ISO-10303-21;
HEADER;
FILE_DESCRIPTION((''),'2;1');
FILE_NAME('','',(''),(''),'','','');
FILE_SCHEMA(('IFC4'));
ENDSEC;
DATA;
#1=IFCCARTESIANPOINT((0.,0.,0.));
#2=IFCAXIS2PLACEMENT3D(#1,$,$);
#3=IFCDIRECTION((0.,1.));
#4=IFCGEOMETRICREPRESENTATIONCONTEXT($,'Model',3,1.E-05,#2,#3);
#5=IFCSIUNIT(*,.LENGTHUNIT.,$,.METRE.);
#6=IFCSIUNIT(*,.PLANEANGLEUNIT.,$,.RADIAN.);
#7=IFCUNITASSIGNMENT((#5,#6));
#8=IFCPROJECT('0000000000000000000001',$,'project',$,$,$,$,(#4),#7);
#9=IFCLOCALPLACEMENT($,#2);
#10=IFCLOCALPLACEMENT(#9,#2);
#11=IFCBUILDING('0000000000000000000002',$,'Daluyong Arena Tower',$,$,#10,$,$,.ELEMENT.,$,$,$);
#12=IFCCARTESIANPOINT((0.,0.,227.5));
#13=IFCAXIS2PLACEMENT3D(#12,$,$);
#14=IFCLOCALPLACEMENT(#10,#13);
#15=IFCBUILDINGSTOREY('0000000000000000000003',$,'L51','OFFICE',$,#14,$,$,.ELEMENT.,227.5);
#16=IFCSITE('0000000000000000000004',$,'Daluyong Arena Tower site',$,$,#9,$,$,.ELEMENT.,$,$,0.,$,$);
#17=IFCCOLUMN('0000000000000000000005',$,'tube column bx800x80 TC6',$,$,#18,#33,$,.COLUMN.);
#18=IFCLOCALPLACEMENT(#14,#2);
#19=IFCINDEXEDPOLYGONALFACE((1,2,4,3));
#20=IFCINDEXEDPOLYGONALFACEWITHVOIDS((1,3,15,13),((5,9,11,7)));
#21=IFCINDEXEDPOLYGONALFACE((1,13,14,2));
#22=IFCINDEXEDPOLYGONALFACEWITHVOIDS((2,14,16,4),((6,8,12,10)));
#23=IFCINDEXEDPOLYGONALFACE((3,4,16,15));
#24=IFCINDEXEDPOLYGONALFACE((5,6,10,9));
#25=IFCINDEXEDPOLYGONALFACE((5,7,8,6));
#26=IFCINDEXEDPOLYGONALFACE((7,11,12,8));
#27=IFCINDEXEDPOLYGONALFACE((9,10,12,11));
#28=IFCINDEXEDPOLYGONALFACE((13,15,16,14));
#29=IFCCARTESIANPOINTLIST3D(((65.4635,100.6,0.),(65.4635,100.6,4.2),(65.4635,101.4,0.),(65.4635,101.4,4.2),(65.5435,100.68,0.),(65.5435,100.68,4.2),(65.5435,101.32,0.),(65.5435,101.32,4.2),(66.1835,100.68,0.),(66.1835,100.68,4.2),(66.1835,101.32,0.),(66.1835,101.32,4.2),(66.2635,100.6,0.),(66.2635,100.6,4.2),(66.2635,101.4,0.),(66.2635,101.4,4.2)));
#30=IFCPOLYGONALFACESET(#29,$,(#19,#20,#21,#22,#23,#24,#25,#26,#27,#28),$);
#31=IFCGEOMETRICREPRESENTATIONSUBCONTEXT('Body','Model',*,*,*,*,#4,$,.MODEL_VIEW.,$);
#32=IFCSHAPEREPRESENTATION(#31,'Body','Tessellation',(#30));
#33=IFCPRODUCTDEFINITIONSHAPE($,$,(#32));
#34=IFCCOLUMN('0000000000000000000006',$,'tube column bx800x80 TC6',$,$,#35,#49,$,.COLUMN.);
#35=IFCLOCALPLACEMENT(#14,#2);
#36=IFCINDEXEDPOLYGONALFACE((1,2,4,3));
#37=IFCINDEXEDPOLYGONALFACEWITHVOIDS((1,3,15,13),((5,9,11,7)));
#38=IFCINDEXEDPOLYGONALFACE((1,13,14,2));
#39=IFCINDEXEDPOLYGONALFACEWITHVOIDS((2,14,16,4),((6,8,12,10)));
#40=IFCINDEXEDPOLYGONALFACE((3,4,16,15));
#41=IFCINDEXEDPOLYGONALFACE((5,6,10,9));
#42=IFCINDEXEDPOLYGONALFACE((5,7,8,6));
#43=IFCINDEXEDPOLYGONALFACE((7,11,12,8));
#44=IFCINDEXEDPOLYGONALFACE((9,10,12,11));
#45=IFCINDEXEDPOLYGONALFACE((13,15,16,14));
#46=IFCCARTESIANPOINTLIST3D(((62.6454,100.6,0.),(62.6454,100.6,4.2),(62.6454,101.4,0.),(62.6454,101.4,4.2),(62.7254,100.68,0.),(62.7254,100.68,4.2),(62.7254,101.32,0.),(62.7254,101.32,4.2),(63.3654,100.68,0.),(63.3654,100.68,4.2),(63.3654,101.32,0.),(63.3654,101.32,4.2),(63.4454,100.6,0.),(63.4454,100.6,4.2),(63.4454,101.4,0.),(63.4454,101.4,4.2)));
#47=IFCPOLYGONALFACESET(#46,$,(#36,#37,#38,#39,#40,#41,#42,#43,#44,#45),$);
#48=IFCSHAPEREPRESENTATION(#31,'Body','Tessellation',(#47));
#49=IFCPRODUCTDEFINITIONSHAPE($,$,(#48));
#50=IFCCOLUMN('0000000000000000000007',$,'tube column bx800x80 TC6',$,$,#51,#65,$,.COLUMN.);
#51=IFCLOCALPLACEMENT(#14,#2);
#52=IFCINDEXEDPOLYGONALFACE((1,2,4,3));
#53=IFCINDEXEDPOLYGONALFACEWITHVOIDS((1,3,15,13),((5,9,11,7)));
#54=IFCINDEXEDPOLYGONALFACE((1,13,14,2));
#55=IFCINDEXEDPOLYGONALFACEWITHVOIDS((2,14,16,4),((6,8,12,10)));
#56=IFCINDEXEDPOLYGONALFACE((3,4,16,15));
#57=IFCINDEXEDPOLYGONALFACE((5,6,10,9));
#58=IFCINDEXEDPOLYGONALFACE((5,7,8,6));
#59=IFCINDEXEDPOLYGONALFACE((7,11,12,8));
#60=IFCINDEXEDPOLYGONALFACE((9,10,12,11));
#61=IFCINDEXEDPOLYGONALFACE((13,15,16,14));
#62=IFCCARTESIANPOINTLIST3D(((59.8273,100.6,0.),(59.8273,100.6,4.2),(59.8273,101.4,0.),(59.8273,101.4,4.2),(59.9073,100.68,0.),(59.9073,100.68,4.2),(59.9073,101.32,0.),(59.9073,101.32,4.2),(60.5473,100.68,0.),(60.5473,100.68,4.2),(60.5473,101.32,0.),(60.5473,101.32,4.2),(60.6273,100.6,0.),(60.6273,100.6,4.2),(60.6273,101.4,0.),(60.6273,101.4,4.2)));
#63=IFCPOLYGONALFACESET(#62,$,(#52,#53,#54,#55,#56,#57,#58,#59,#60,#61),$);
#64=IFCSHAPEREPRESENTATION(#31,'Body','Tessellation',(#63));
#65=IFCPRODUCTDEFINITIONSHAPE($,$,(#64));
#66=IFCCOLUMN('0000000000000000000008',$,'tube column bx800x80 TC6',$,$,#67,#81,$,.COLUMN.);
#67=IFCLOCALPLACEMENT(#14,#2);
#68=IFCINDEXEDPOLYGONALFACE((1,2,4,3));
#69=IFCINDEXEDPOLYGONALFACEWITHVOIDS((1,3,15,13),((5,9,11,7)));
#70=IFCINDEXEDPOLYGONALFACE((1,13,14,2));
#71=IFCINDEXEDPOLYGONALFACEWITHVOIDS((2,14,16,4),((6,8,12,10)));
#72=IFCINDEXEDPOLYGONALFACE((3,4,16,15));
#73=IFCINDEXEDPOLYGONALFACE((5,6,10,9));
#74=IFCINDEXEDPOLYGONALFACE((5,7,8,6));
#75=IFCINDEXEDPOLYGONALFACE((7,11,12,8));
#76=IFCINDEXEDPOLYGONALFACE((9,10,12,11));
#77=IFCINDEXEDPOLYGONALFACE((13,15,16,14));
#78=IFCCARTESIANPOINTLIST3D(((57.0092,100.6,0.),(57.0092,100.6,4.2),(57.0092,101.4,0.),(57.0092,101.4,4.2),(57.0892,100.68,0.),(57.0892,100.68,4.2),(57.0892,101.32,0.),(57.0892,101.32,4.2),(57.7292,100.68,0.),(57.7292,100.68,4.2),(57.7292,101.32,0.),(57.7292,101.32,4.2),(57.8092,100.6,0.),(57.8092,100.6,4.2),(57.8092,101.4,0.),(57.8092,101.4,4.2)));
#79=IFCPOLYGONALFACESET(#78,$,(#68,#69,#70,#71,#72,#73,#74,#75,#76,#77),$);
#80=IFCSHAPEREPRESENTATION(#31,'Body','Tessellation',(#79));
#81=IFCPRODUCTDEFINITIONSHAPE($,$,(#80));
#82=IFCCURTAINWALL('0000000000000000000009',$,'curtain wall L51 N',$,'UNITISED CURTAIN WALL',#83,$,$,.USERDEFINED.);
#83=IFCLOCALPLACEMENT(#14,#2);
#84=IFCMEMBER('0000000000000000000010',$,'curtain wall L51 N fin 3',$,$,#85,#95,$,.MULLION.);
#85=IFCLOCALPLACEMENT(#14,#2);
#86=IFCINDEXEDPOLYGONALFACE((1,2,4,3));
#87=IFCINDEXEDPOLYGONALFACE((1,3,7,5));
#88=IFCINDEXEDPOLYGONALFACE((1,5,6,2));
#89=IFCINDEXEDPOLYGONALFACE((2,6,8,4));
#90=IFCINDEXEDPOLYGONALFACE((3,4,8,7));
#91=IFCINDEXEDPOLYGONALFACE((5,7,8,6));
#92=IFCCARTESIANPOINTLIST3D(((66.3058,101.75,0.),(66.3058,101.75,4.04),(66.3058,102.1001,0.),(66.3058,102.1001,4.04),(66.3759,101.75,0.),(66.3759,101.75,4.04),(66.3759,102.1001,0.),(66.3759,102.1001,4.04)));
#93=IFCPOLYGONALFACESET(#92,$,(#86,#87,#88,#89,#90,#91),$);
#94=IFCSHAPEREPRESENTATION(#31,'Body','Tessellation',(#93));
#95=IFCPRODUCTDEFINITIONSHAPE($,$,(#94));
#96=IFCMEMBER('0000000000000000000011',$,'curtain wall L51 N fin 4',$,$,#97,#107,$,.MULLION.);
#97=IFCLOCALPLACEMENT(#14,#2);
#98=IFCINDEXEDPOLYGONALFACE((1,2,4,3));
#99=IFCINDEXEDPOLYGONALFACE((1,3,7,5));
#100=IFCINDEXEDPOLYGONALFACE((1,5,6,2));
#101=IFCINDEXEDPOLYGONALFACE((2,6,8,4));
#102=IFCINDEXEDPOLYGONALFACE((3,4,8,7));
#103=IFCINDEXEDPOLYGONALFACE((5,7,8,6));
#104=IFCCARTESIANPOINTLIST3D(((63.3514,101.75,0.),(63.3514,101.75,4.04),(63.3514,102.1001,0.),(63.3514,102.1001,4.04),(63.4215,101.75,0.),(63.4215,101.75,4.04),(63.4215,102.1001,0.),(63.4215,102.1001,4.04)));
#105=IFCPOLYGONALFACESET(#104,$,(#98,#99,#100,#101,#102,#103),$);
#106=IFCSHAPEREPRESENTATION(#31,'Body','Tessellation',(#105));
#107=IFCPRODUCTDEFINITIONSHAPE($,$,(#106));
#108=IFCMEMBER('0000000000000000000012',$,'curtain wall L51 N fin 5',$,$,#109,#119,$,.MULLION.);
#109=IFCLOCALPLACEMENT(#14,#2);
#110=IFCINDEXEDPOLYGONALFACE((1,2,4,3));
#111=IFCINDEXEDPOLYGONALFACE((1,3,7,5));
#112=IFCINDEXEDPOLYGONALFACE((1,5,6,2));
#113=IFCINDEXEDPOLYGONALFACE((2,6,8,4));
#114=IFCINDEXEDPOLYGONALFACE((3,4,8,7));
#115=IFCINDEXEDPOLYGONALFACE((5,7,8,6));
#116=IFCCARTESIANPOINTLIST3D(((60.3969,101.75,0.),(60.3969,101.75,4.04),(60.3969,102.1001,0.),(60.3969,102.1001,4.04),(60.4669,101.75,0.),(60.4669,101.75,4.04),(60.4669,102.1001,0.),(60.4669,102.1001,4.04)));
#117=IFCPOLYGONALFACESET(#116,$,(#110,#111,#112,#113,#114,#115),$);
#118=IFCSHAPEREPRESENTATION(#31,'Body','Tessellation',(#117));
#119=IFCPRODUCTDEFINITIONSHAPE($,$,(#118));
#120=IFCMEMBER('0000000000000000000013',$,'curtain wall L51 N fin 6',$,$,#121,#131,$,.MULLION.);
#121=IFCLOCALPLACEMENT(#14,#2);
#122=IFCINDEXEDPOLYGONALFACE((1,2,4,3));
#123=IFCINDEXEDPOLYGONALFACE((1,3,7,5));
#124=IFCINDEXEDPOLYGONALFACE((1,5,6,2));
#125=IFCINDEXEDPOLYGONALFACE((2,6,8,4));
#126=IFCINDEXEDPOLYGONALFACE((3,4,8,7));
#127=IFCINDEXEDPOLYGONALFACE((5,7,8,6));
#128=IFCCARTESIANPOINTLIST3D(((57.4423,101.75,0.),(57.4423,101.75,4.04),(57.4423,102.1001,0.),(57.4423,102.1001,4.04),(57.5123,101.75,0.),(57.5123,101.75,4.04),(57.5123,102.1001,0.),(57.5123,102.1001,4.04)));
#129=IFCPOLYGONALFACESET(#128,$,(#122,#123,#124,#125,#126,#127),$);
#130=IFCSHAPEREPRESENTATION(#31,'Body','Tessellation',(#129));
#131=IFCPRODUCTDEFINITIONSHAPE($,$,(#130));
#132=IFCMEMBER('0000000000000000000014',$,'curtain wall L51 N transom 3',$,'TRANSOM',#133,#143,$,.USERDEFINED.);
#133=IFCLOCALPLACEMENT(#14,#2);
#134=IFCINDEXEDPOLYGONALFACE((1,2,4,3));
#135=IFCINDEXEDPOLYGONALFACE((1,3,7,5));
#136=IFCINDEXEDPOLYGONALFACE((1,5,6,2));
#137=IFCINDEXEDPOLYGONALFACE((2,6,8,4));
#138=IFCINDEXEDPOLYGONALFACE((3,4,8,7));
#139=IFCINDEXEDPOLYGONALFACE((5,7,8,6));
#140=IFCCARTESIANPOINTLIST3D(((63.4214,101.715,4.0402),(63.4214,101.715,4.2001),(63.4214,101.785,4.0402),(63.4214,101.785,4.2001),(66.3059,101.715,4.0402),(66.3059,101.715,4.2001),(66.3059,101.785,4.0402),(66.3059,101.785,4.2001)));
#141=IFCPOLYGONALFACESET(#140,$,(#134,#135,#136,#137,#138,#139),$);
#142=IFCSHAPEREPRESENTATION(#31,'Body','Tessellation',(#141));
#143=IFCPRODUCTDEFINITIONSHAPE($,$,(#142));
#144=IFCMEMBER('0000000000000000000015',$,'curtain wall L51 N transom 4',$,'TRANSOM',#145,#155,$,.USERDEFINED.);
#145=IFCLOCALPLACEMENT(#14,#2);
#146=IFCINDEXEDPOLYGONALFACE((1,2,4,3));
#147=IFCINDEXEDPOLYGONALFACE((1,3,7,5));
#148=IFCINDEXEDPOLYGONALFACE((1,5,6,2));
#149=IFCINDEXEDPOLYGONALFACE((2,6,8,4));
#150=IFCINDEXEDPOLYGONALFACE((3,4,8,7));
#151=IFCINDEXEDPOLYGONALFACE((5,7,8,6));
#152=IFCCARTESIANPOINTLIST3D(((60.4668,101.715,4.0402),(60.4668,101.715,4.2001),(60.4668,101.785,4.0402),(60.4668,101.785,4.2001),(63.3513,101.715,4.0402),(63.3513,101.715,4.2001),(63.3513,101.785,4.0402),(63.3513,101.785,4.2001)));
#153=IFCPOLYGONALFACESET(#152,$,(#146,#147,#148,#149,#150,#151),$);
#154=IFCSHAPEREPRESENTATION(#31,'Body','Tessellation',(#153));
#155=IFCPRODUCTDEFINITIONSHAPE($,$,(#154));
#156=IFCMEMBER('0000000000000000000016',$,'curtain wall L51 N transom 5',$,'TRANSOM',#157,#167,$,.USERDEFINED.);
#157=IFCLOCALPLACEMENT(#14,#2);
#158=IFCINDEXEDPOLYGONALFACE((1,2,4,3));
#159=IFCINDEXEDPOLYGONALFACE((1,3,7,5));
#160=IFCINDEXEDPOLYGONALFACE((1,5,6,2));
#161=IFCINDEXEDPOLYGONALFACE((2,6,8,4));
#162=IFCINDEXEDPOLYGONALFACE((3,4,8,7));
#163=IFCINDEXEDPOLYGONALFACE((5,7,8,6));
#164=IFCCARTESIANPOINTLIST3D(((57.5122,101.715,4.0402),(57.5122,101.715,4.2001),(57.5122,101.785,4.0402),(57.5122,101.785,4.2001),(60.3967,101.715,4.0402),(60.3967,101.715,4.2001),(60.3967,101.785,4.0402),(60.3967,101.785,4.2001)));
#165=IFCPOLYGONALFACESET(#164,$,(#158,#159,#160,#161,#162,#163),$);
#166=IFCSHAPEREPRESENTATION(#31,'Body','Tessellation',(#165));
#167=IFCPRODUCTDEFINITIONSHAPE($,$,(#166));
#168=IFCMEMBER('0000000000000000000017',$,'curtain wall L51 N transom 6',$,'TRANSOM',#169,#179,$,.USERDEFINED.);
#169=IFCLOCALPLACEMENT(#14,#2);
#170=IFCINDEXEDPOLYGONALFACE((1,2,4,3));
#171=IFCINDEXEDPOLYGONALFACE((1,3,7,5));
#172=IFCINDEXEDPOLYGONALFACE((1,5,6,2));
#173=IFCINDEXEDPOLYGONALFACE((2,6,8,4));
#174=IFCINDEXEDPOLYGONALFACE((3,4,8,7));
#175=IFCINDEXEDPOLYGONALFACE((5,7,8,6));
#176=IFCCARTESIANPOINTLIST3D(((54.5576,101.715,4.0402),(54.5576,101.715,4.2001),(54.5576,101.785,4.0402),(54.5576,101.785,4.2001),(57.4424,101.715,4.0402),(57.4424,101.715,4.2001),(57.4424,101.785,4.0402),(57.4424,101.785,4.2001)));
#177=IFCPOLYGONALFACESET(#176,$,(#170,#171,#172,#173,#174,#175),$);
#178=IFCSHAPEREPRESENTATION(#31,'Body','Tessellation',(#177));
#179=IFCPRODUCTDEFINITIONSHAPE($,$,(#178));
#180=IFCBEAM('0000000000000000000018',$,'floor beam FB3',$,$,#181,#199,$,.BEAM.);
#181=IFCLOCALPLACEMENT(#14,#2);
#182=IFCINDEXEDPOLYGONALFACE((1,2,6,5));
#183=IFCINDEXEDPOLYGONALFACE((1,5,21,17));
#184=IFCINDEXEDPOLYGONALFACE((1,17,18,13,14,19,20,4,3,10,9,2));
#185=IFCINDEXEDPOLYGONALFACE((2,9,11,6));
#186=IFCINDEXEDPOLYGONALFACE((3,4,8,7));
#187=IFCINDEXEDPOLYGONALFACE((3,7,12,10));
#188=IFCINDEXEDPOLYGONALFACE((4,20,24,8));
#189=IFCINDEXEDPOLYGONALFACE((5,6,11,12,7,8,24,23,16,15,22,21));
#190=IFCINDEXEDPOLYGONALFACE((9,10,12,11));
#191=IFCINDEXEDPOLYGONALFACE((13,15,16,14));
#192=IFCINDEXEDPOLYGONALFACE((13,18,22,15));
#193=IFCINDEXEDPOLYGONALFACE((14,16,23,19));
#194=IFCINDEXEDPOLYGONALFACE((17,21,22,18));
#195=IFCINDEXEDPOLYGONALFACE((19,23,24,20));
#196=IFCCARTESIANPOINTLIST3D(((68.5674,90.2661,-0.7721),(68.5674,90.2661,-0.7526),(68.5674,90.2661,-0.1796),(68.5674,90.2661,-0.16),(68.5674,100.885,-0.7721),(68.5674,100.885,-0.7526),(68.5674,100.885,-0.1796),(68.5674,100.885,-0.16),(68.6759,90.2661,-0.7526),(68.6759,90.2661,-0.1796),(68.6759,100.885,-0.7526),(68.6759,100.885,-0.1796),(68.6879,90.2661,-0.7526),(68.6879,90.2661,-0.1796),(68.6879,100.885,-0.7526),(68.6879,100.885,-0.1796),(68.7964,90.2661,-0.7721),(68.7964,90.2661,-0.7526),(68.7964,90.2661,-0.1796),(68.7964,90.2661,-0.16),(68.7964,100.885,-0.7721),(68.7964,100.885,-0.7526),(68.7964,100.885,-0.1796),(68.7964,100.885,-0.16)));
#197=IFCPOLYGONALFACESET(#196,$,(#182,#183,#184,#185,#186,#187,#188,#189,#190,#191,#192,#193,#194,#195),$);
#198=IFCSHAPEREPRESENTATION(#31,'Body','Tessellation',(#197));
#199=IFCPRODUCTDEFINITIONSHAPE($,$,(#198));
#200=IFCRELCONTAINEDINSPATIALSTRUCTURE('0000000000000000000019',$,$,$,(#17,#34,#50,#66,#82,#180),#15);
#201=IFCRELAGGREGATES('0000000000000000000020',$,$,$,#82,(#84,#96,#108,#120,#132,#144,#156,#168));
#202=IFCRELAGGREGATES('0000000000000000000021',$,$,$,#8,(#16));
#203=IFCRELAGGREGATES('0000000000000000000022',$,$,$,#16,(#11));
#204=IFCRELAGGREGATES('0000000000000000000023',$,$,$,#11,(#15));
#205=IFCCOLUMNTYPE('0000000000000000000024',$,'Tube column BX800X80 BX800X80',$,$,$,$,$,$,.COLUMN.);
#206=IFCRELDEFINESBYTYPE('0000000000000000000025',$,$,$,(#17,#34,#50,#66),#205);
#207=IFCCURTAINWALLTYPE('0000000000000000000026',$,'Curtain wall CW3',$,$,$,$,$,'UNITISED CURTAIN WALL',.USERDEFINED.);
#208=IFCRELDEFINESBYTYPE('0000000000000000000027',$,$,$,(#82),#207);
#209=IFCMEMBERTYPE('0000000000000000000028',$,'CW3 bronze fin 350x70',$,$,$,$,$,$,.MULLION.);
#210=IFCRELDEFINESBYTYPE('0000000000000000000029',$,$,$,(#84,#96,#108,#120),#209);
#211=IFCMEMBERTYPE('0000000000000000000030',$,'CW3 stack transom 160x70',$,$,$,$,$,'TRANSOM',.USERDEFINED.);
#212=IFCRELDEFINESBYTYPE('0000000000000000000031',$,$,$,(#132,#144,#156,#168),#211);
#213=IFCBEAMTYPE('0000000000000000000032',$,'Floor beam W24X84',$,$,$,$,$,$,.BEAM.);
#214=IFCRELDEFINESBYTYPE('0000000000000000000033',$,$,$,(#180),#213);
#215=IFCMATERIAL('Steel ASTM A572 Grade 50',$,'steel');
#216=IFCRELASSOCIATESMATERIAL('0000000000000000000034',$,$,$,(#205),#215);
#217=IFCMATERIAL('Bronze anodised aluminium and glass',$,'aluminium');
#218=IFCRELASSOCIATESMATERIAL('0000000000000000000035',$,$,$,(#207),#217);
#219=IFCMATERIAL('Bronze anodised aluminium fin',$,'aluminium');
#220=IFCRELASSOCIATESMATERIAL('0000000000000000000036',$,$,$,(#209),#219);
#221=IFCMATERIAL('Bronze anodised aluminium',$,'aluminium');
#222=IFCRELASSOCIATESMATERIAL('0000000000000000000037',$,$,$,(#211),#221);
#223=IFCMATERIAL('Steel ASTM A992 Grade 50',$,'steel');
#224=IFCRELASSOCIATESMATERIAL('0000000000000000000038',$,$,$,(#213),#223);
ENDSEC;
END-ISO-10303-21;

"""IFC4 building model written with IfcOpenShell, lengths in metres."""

from ifc_helpers import new_model, si_unit, direction, frame, origin, origin_2d, place, context, subcontext, project, spatial, rectangle, hollow_rectangle, i_section, extrude, material, material_profile, profile_set, type_object, element, aggregate, save


model = new_model("IFC4")

# Units and contexts
model_context = context("Model", 3, precision=1e-05, world=origin(), true_north=direction((0.0, 1.0)))
body_context = subcontext(model_context, "Body", "Model", "MODEL_VIEW")
ifc_project = project(units=[si_unit("LENGTHUNIT", "METRE"), si_unit("PLANEANGLEUNIT", "RADIAN")], contexts=[model_context])

# Site, building, storey
site_placement = place(None, origin())
site = spatial("IfcSite", under=ifc_project, at=site_placement, Name="Daluyong Arena Tower site", CompositionType="ELEMENT", RefElevation=0.0)
building_placement = place(site_placement, origin())
building = spatial("IfcBuilding", under=site, at=building_placement, Name="Daluyong Arena Tower", CompositionType="ELEMENT")
storey_placement = place(building_placement, frame((0.0, 0.0, 227.5)))
storey = spatial("IfcBuildingStorey", under=building, at=storey_placement, Name="L51", Description="OFFICE", CompositionType="ELEMENT", Elevation=227.5)

# Columns
ifc_material_1 = material(Name="Steel ASTM A572 Grade 50", Category="steel")
ifc_material_profile_1 = material_profile(ifc_material_1, hollow_rectangle(XDim=0.8, YDim=0.8, WallThickness=0.08, at=origin_2d()))
ifc_profile_set_1 = profile_set([ifc_material_profile_1], Name="Steel ASTM A572 Grade 50")
column_type = type_object("IfcColumnType", Name="Tube column BX800X80 BX800X80", PredefinedType="COLUMN", material=ifc_profile_set_1)
for number, where, z_axis, x_axis, name in (
    (1, (65.8635, 101.0, 0.0), (0.0, 0.0, 1.0), (1.0, 0.0, 0.0), "tube column bx800x80 TC6"),
    (2, (63.0454, 101.0, 0.0), (0.0, 0.0, 1.0), (1.0, 0.0, 0.0), "tube column bx800x80 TC6"),
    (3, (60.2273, 101.0, 0.0), (0.0, 0.0, 1.0), (1.0, 0.0, 0.0), "tube column bx800x80 TC6"),
    (4, (57.4092, 101.0, 0.0), (0.0, 0.0, 1.0), (1.0, 0.0, 0.0), "tube column bx800x80 TC6"),
):
    element("IfcColumn", number, at=place(storey_placement, frame(where, z_axis=z_axis, x_axis=x_axis)), inside=storey, type_object=column_type, Name=name, PredefinedType="COLUMN", context=body_context, shape_type="SweptSolid", body=[
        extrude(hollow_rectangle(XDim=0.8, YDim=0.8, WallThickness=0.08, at=origin_2d()), origin(), (0.0, 0.0, 1.0), 4.2),
    ])

# Curtain wall, members
ifc_material_2 = material(Name="Bronze anodised aluminium and glass", Category="aluminium")
curtain_wall_type = type_object("IfcCurtainWallType", Name="Curtain wall CW3", ElementType="UNITISED CURTAIN WALL", PredefinedType="USERDEFINED", material=ifc_material_2)
curtain_wall_placement = place(storey_placement, origin())
curtain_wall = element("IfcCurtainWall", 5, at=curtain_wall_placement, inside=storey, type_object=curtain_wall_type, Name="curtain wall L51 N", ObjectType="UNITISED CURTAIN WALL", PredefinedType="USERDEFINED")
ifc_material_3 = material(Name="Bronze anodised aluminium fin", Category="aluminium")
ifc_material_profile_2 = material_profile(ifc_material_3, rectangle(XDim=0.3501, YDim=0.0701, at=origin_2d()))
ifc_profile_set_2 = profile_set([ifc_material_profile_2], Name="Bronze anodised aluminium fin")
member_type_1 = type_object("IfcMemberType", Name="CW3 bronze fin 350x70", PredefinedType="MULLION", material=ifc_profile_set_2)
member_1_placement = place(storey_placement, frame((66.3408, 101.925, 0.0), z_axis=(0.0, 0.0, 1.0), x_axis=(0.0, -1.0, 0.0)))
member_1 = element("IfcMember", 6, at=member_1_placement, type_object=member_type_1, Name="curtain wall L51 N fin 3", PredefinedType="MULLION", context=body_context, shape_type="SweptSolid", body=[
    extrude(rectangle(XDim=0.3501, YDim=0.0701, at=origin_2d()), origin(), (0.0, 0.0, 1.0), 4.04),
])
member_2_placement = place(storey_placement, frame((63.3865, 101.925, 0.0), z_axis=(0.0, 0.0, 1.0), x_axis=(0.0, -1.0, 0.0)))
member_2 = element("IfcMember", 7, at=member_2_placement, type_object=member_type_1, Name="curtain wall L51 N fin 4", PredefinedType="MULLION", context=body_context, shape_type="SweptSolid", body=[
    extrude(rectangle(XDim=0.3501, YDim=0.0701, at=origin_2d()), origin(), (0.0, 0.0, 1.0), 4.04),
])
member_3_placement = place(storey_placement, frame((60.4319, 101.925, 0.0), z_axis=(0.0, 0.0, 1.0), x_axis=(0.0, -1.0, 0.0)))
member_3 = element("IfcMember", 8, at=member_3_placement, type_object=member_type_1, Name="curtain wall L51 N fin 5", PredefinedType="MULLION", context=body_context, shape_type="SweptSolid", body=[
    extrude(rectangle(XDim=0.3501, YDim=0.0701, at=origin_2d()), origin(), (0.0, 0.0, 1.0), 4.04),
])
member_4_placement = place(storey_placement, frame((57.4773, 101.925, 0.0), z_axis=(0.0, 0.0, 1.0), x_axis=(0.0, -1.0, 0.0)))
member_4 = element("IfcMember", 9, at=member_4_placement, type_object=member_type_1, Name="curtain wall L51 N fin 6", PredefinedType="MULLION", context=body_context, shape_type="SweptSolid", body=[
    extrude(rectangle(XDim=0.3501, YDim=0.0701, at=origin_2d()), origin(), (0.0, 0.0, 1.0), 4.04),
])
ifc_material_4 = material(Name="Bronze anodised aluminium", Category="aluminium")
ifc_material_profile_3 = material_profile(ifc_material_4, rectangle(XDim=0.0701, YDim=0.1599, at=origin_2d()))
ifc_profile_set_3 = profile_set([ifc_material_profile_3], Name="Bronze anodised aluminium")
member_type_2 = type_object("IfcMemberType", Name="CW3 stack transom 160x70", ElementType="TRANSOM", PredefinedType="USERDEFINED", material=ifc_profile_set_3)
member_5_placement = place(storey_placement, frame((66.3059, 101.75, 4.1201), z_axis=(-1.0, 0.0, 0.0), x_axis=(0.0, -1.0, 0.0)))
member_5 = element("IfcMember", 10, at=member_5_placement, type_object=member_type_2, Name="curtain wall L51 N transom 3", ObjectType="TRANSOM", PredefinedType="USERDEFINED", context=body_context, shape_type="SweptSolid", body=[
    extrude(rectangle(XDim=0.0701, YDim=0.1599, at=origin_2d()), origin(), (0.0, 0.0, 1.0), 2.8845),
])
member_6_placement = place(storey_placement, frame((63.3513, 101.75, 4.1201), z_axis=(-1.0, 0.0, 0.0), x_axis=(0.0, -1.0, 0.0)))
member_6 = element("IfcMember", 11, at=member_6_placement, type_object=member_type_2, Name="curtain wall L51 N transom 4", ObjectType="TRANSOM", PredefinedType="USERDEFINED", context=body_context, shape_type="SweptSolid", body=[
    extrude(rectangle(XDim=0.0701, YDim=0.1599, at=origin_2d()), origin(), (0.0, 0.0, 1.0), 2.8845),
])
member_7_placement = place(storey_placement, frame((60.3967, 101.75, 4.1201), z_axis=(-1.0, 0.0, 0.0), x_axis=(0.0, -1.0, 0.0)))
member_7 = element("IfcMember", 12, at=member_7_placement, type_object=member_type_2, Name="curtain wall L51 N transom 5", ObjectType="TRANSOM", PredefinedType="USERDEFINED", context=body_context, shape_type="SweptSolid", body=[
    extrude(rectangle(XDim=0.0701, YDim=0.1599, at=origin_2d()), origin(), (0.0, 0.0, 1.0), 2.8845),
])
member_8_placement = place(storey_placement, frame((57.4424, 101.75, 4.1201), z_axis=(-1.0, 0.0, 0.0), x_axis=(0.0, -1.0, 0.0)))
member_8 = element("IfcMember", 13, at=member_8_placement, type_object=member_type_2, Name="curtain wall L51 N transom 6", ObjectType="TRANSOM", PredefinedType="USERDEFINED", context=body_context, shape_type="SweptSolid", body=[
    extrude(rectangle(XDim=0.0701, YDim=0.1599, at=origin_2d()), origin(), (0.0, 0.0, 1.0), 2.8848),
])

# Beam
ifc_material_5 = material(Name="Steel ASTM A992 Grade 50", Category="steel")
ifc_material_profile_4 = material_profile(ifc_material_5, i_section(OverallWidth=0.229, OverallDepth=0.6121, WebThickness=0.012, FlangeThickness=0.0195, at=origin_2d()))
ifc_profile_set_4 = profile_set([ifc_material_profile_4], Name="Steel ASTM A992 Grade 50")
beam_type_1 = type_object("IfcBeamType", Name="Floor beam W24X84", PredefinedType="BEAM", material=ifc_profile_set_4)
beam_1_placement = place(storey_placement, frame((68.6819, 100.885, -0.4661), z_axis=(0.0, -1.0, 0.0), x_axis=(1.0, 0.0, 0.0)))
element("IfcBeam", 14, at=beam_1_placement, inside=storey, type_object=beam_type_1, Name="floor beam FB3", PredefinedType="BEAM", context=body_context, shape_type="SweptSolid", body=[
    extrude(i_section(OverallWidth=0.229, OverallDepth=0.6121, WebThickness=0.012, FlangeThickness=0.0195, at=origin_2d()), origin(), (0.0, 0.0, 1.0), 10.6189),
])

aggregate(curtain_wall, [member_1, member_2, member_3, member_4, member_5, member_6, member_7, member_8])

save(model, "model.ifc")
